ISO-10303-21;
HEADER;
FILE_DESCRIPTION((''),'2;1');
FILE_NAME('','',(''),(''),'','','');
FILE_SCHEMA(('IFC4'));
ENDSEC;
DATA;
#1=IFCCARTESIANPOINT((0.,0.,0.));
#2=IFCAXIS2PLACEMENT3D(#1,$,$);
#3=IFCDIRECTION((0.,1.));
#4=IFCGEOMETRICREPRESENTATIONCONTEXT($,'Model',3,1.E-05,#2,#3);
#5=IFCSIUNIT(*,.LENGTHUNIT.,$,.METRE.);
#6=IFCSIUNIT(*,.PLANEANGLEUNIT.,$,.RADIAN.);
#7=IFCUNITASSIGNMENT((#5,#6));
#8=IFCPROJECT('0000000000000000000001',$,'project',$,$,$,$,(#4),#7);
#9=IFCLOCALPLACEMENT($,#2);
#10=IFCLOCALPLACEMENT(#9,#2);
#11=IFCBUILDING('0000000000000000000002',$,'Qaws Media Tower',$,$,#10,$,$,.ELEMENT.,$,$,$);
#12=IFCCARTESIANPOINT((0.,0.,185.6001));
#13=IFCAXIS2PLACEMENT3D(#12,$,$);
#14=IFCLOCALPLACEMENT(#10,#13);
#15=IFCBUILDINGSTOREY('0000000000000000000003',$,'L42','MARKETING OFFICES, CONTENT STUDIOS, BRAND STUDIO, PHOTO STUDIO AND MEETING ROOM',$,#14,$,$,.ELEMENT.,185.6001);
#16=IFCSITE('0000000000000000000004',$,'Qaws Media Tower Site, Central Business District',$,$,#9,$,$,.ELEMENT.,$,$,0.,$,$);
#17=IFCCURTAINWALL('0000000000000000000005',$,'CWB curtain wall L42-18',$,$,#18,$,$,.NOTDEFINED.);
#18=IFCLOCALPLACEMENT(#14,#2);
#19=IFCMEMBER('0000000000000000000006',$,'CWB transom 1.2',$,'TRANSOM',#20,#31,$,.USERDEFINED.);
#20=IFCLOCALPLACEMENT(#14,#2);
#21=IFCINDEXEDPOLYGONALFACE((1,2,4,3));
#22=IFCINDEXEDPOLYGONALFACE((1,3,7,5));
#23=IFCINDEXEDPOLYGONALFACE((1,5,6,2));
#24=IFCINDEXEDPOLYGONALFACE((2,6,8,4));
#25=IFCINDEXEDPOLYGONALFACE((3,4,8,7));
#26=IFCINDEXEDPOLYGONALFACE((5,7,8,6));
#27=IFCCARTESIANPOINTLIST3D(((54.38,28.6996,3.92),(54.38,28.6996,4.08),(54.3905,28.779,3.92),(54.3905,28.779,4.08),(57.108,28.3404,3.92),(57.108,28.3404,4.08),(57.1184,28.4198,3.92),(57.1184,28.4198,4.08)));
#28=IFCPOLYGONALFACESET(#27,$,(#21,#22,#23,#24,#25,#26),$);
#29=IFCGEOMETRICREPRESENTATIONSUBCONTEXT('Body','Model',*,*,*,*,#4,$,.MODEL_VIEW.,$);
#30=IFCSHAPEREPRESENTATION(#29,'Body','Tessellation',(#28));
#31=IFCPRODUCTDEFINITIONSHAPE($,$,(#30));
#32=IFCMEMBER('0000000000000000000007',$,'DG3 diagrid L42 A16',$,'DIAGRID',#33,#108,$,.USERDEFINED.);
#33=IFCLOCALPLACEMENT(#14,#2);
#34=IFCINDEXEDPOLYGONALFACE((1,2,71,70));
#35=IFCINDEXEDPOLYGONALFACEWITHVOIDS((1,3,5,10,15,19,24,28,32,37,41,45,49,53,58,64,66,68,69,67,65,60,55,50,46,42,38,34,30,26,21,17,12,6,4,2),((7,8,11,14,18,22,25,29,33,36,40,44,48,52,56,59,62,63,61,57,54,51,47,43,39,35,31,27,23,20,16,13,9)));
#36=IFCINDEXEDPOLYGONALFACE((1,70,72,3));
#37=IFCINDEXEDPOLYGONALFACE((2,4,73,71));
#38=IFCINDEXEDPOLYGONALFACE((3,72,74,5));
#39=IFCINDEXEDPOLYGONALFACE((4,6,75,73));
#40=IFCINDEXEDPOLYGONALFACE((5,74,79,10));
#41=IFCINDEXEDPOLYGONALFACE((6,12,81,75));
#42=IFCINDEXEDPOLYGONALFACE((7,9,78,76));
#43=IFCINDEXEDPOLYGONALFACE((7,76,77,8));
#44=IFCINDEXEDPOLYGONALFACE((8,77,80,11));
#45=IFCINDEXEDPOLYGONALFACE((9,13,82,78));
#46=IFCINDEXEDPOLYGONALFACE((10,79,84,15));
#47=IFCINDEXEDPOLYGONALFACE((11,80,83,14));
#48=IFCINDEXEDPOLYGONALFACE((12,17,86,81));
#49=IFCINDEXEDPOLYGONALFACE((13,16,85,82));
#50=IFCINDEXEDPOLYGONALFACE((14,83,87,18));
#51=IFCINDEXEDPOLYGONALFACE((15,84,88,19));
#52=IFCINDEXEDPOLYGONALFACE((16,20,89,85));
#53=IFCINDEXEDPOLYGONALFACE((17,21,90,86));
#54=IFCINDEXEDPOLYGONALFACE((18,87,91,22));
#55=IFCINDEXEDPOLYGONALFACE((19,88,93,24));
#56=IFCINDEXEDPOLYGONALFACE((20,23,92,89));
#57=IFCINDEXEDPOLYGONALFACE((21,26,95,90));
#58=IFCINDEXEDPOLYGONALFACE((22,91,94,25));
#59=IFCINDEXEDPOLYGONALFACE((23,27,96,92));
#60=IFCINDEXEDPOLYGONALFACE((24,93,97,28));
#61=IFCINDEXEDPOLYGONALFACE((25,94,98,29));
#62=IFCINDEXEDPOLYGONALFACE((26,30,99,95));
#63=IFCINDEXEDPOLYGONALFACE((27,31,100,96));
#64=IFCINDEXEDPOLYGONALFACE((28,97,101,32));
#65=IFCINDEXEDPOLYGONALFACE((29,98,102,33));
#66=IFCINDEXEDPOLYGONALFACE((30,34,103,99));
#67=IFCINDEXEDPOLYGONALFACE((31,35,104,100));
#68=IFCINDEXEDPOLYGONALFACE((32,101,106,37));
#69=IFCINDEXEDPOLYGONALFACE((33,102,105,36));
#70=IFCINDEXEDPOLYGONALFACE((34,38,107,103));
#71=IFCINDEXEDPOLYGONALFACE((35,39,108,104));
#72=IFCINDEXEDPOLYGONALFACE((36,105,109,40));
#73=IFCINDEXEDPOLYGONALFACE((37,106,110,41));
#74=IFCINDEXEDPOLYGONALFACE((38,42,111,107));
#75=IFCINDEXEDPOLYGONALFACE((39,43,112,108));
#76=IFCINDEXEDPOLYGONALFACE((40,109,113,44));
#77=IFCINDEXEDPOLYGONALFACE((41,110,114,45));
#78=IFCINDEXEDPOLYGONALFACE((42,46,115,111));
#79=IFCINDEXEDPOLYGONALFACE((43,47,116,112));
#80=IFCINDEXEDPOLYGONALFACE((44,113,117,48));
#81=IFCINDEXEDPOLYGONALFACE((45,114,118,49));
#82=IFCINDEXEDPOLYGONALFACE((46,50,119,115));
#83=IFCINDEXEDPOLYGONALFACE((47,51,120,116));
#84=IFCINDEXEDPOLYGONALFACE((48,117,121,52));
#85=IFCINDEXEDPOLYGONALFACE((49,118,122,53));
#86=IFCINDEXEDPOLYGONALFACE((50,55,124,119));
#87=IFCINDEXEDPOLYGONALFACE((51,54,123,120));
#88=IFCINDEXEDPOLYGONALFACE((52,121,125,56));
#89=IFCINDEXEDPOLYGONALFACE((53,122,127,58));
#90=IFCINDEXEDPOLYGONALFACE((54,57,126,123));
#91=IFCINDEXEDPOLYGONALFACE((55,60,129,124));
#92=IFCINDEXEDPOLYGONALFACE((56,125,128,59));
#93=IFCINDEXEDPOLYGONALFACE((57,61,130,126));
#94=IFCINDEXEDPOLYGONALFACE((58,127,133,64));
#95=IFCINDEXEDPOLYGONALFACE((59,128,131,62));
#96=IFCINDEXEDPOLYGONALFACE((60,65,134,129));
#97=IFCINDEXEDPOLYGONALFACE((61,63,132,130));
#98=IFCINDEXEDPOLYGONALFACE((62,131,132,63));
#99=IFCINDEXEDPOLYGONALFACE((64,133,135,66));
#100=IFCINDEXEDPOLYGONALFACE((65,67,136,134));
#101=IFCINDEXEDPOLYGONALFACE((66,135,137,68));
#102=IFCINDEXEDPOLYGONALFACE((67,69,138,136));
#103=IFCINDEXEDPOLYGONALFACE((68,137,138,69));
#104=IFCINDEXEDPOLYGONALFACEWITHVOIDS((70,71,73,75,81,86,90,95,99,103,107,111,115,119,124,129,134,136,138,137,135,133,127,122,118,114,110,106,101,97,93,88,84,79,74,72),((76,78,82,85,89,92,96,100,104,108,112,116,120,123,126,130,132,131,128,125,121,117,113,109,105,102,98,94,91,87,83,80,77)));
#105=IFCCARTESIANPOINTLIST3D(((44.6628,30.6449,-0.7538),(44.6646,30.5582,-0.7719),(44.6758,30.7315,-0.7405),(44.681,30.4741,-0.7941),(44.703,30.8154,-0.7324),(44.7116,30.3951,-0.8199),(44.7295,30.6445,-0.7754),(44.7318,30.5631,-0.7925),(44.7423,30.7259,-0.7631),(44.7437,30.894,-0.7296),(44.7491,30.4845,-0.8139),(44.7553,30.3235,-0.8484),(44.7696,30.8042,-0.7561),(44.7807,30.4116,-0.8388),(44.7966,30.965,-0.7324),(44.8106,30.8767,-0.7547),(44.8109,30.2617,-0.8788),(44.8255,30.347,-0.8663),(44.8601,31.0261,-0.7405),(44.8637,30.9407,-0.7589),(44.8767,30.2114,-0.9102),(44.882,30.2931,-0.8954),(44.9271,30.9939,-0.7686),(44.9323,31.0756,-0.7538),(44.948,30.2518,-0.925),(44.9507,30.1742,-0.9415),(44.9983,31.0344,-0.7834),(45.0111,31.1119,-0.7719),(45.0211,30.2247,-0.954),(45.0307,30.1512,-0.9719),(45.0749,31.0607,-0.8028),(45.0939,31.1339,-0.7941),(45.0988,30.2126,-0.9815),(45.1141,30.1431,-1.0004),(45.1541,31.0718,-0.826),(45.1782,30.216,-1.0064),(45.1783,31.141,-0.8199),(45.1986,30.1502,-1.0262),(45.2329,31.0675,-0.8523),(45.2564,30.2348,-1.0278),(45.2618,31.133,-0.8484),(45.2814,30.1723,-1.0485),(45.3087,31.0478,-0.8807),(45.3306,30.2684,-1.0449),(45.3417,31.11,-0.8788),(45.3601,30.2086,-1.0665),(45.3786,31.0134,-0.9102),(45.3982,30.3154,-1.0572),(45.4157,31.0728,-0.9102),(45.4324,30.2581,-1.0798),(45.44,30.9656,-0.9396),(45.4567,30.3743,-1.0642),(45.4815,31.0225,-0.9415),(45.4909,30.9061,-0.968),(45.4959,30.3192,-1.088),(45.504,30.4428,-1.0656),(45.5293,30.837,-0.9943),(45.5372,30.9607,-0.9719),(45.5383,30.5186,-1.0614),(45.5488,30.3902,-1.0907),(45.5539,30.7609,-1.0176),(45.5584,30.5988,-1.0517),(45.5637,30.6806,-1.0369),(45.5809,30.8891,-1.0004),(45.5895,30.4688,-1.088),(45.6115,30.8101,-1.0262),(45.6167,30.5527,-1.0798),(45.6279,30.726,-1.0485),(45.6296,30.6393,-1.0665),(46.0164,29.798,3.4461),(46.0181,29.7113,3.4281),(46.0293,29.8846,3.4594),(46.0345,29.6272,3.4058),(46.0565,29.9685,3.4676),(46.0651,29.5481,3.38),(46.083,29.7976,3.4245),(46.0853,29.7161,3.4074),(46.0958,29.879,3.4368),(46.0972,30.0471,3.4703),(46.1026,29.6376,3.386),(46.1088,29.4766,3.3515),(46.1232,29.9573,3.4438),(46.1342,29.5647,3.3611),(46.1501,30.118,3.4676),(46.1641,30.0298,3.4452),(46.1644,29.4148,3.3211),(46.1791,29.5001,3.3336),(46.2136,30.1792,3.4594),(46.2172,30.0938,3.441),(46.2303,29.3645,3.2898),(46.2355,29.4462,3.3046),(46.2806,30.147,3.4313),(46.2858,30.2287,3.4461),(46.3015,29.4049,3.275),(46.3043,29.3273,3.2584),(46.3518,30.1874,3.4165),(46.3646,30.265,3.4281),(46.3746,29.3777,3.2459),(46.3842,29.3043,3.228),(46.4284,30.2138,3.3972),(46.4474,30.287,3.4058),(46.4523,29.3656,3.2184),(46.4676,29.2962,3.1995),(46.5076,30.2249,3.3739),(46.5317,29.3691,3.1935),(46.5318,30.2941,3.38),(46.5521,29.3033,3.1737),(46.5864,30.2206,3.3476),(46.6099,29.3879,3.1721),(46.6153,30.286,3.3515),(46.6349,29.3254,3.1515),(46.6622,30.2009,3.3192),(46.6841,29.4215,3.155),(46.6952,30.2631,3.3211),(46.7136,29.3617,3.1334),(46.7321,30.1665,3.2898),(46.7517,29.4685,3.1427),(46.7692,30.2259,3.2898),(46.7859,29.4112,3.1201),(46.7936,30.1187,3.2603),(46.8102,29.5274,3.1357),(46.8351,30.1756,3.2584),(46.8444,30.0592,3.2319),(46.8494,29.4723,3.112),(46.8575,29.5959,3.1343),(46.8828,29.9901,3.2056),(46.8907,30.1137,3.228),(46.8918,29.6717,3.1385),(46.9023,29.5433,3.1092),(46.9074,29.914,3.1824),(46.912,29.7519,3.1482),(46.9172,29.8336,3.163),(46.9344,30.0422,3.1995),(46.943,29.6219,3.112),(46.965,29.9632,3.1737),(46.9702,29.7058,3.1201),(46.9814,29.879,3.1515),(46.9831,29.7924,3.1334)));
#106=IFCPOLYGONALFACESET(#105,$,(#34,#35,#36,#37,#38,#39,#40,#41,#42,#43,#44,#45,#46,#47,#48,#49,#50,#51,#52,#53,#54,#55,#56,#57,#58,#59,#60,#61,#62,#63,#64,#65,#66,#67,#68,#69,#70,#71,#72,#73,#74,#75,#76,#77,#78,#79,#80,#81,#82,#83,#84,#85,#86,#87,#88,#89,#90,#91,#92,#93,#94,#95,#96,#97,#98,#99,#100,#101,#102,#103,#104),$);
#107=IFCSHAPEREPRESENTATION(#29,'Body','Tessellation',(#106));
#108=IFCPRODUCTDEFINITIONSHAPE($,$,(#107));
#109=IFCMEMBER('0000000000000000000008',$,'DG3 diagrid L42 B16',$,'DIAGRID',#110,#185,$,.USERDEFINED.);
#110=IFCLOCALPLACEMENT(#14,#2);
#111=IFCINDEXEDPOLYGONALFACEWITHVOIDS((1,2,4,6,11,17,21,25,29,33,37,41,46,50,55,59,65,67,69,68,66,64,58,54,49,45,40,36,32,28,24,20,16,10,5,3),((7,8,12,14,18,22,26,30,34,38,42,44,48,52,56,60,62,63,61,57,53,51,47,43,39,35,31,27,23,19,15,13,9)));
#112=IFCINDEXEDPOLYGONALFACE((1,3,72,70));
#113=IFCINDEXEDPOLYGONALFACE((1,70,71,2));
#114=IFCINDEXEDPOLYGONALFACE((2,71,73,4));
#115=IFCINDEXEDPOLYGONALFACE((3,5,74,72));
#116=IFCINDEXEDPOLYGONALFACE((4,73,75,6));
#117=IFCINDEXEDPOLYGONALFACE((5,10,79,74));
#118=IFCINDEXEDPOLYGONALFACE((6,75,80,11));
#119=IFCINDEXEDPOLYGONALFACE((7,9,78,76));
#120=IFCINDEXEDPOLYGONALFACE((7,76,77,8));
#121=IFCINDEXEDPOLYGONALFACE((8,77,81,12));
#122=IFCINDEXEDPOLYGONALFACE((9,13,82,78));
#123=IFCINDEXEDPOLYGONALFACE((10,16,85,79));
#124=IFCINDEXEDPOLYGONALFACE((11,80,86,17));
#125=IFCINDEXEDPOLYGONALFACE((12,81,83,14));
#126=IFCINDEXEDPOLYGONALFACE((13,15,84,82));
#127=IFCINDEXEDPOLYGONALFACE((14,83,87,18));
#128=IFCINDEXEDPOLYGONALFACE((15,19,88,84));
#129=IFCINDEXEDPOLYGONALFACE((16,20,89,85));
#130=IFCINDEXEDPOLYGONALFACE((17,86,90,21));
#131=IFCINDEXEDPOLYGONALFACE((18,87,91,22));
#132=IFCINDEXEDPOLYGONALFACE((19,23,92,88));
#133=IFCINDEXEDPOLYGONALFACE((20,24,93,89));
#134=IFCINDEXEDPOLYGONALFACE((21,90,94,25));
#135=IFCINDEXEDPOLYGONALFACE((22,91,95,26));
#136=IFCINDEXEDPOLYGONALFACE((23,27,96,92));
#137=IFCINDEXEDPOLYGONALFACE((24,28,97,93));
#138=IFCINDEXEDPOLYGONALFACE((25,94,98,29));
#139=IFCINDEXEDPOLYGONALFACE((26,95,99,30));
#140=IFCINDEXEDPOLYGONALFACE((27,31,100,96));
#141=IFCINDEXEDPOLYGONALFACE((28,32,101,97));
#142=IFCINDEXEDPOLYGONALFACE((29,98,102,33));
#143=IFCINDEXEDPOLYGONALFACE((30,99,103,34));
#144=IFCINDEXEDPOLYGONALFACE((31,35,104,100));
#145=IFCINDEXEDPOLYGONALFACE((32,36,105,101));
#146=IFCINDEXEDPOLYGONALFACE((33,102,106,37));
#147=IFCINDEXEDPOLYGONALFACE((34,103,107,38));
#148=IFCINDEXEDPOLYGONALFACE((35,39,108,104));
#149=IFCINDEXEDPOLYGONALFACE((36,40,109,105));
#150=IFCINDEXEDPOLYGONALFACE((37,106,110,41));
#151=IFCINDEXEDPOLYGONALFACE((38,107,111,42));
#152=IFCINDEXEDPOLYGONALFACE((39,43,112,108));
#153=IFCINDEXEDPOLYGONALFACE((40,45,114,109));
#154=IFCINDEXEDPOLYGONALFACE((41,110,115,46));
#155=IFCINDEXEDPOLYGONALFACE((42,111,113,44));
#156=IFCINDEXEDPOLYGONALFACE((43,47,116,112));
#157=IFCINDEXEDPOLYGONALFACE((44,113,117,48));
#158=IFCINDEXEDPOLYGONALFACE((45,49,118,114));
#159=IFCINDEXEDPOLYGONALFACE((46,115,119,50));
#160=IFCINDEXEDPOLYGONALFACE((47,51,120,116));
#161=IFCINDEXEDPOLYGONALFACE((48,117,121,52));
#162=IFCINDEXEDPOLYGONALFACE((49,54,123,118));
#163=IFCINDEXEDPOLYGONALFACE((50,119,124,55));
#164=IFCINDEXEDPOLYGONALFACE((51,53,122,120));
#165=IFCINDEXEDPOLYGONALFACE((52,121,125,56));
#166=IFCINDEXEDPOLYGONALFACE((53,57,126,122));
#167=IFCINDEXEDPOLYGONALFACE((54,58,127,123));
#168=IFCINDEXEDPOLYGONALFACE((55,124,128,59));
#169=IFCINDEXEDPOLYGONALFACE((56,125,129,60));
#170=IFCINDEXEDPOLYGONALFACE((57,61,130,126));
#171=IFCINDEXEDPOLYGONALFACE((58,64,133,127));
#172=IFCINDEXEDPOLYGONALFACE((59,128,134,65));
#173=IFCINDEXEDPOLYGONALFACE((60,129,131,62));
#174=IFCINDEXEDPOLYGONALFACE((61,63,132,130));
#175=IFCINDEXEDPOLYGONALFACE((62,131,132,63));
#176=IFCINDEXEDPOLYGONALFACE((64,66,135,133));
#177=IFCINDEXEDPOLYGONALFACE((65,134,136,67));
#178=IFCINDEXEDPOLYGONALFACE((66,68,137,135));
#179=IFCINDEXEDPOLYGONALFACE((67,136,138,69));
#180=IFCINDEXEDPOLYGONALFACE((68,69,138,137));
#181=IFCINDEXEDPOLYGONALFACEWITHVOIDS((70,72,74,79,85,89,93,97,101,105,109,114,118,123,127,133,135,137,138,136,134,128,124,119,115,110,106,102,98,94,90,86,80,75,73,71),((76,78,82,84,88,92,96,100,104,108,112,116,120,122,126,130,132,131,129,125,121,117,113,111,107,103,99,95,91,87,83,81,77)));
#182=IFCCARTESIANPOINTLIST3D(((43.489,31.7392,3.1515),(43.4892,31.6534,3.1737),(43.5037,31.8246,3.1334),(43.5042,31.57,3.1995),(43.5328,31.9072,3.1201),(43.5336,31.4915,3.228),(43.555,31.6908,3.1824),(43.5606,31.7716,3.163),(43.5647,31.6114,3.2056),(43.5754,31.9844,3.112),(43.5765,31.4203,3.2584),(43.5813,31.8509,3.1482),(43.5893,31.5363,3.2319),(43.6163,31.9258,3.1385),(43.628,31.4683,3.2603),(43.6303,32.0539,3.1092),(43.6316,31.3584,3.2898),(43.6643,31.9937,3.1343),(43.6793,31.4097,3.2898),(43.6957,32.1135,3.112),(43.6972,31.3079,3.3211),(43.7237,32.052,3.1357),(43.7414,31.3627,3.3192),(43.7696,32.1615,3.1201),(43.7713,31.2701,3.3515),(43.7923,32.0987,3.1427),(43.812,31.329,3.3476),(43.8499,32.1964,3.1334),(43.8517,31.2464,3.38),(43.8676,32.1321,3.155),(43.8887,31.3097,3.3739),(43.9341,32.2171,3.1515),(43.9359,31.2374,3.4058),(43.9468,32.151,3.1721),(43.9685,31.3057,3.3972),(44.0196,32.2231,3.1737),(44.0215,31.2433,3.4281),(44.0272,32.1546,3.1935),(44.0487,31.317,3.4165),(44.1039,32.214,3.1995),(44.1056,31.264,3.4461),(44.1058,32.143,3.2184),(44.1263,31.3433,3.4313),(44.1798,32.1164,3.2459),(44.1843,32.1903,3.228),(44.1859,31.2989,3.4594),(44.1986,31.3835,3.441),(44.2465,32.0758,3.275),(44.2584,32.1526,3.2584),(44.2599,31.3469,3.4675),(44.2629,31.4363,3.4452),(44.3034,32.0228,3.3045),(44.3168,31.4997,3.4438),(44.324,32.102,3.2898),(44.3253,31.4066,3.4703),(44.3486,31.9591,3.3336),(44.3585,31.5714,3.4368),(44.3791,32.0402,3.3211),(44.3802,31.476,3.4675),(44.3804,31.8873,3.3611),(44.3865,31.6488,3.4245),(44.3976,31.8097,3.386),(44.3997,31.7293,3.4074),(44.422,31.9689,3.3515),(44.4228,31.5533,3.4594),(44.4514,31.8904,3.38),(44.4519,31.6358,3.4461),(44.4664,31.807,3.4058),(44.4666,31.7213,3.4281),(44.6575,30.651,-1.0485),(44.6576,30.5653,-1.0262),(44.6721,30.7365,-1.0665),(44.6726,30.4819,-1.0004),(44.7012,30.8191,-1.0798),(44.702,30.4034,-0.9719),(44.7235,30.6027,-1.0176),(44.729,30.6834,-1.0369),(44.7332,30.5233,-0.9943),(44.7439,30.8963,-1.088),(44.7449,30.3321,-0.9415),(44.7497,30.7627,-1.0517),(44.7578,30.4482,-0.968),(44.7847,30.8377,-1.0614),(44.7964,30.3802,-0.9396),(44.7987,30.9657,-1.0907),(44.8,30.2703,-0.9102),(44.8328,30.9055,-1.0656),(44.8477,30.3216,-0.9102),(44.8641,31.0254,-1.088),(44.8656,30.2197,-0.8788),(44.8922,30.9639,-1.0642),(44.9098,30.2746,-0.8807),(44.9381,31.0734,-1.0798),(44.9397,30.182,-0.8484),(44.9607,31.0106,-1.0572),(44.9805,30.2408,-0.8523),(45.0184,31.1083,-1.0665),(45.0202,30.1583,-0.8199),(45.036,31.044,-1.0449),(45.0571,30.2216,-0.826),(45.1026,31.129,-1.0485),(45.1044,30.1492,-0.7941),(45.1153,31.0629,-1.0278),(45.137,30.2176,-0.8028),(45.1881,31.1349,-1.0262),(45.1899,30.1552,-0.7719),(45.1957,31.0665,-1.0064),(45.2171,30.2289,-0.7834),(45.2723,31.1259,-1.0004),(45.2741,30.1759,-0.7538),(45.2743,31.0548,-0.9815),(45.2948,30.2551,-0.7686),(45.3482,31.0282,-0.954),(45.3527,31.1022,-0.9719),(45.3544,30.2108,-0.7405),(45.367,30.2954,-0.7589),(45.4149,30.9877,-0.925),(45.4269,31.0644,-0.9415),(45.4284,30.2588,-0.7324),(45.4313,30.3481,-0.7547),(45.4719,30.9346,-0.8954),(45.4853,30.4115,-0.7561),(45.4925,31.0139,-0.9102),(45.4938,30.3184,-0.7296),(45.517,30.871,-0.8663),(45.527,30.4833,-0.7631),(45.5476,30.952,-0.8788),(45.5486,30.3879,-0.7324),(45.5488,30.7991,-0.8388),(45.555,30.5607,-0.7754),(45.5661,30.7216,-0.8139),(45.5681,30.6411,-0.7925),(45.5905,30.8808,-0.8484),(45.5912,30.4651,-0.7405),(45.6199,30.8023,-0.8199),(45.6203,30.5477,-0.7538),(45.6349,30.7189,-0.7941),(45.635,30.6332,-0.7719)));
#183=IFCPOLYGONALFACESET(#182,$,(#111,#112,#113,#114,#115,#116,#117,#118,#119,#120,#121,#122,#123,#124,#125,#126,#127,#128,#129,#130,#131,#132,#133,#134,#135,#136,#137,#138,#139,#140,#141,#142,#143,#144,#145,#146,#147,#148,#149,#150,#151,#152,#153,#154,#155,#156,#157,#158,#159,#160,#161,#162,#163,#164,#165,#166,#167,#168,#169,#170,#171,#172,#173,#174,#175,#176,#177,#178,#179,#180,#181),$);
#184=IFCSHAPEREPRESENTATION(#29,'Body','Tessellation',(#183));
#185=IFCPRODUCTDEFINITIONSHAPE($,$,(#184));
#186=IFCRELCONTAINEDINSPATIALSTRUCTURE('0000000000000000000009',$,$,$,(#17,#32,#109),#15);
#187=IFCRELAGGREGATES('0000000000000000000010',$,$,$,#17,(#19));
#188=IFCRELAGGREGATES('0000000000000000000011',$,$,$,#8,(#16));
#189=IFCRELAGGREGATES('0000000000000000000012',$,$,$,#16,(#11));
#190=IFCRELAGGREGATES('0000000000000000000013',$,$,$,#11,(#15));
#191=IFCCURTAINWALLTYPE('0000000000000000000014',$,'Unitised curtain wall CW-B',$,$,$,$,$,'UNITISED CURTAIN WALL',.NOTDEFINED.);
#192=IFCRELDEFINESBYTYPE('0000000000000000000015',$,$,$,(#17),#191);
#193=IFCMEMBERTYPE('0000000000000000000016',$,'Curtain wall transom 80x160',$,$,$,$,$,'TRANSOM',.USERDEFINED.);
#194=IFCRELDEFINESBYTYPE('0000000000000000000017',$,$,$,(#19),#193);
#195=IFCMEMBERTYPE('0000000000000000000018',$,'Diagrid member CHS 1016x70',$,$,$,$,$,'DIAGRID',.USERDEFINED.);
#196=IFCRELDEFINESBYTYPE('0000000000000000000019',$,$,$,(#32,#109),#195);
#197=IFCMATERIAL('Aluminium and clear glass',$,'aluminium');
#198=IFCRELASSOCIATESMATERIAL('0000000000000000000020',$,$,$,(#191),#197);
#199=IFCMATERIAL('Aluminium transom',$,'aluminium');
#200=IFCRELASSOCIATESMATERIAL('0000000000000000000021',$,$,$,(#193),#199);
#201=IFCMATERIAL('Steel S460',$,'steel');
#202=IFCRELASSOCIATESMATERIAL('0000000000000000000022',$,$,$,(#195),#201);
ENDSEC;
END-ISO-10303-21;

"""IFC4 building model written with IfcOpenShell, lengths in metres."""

from ifc_helpers import new_model, si_unit, direction, frame, origin, origin_2d, place, context, subcontext, project, spatial, rectangle, hollow_circle, extrude, material, material_profile, profile_set, type_object, element, aggregate, save


model = new_model("IFC4")

# Units and contexts
model_context = context("Model", 3, precision=1e-05, world=origin(), true_north=direction((0.0, 1.0)))
body_context = subcontext(model_context, "Body", "Model", "MODEL_VIEW")
ifc_project = project(units=[si_unit("LENGTHUNIT", "METRE"), si_unit("PLANEANGLEUNIT", "RADIAN")], contexts=[model_context])

# Site, building, storey
site_placement = place(None, origin())
site = spatial("IfcSite", under=ifc_project, at=site_placement, Name="Qaws Media Tower Site, Central Business District", CompositionType="ELEMENT", RefElevation=0.0)
building_placement = place(site_placement, origin())
building = spatial("IfcBuilding", under=site, at=building_placement, Name="Qaws Media Tower", CompositionType="ELEMENT")
storey_placement = place(building_placement, frame((0.0, 0.0, 185.6001)))
storey = spatial("IfcBuildingStorey", under=building, at=storey_placement, Name="L42", Description="MARKETING OFFICES, CONTENT STUDIOS, BRAND STUDIO, PHOTO STUDIO AND MEETING ROOM", CompositionType="ELEMENT", Elevation=185.6001)

# Shared definitions
ifc_material_1 = material(Name="Aluminium and clear glass", Category="aluminium")
curtain_wall_type_1 = type_object("IfcCurtainWallType", Name="Unitised curtain wall CW-B", ElementType="UNITISED CURTAIN WALL", PredefinedType="NOTDEFINED", material=ifc_material_1)

# Curtain wall
curtain_wall_1_placement = place(storey_placement, origin())
curtain_wall_1 = element("IfcCurtainWall", 1, at=curtain_wall_1_placement, inside=storey, type_object=curtain_wall_type_1, Name="CWB curtain wall L42-18", PredefinedType="NOTDEFINED")

# Member
ifc_material_2 = material(Name="Aluminium transom", Category="aluminium")
ifc_material_profile_1 = material_profile(ifc_material_2, rectangle(XDim=0.0801, YDim=0.1599, at=origin_2d()), Name="80x160")
ifc_profile_set_1 = profile_set([ifc_material_profile_1], Name="Aluminium transom")
member_type_1 = type_object("IfcMemberType", Name="Curtain wall transom 80x160", ElementType="TRANSOM", PredefinedType="USERDEFINED", material=ifc_profile_set_1)
member_1_placement = place(storey_placement, frame((54.3853, 28.7393, 4.0), z_axis=(0.991446, -0.130519, 0.0), x_axis=(0.130519, 0.991446, 0.0)))
member_1 = element("IfcMember", 2, at=member_1_placement, type_object=member_type_1, Name="CWB transom 1.2", ObjectType="TRANSOM", PredefinedType="USERDEFINED", context=body_context, shape_type="SweptSolid", body=[
    extrude(rectangle(XDim=0.0801, YDim=0.1599, at=origin_2d()), origin(), (0.0, 0.0, 1.0), 2.7515),
])
aggregate(curtain_wall_1, [member_1])

# Members
ifc_material_3 = material(Name="Steel S460", Category="steel")
ifc_material_profile_2 = material_profile(ifc_material_3, hollow_circle(Radius=0.5081, WallThickness=0.0701, at=origin_2d()), Name="CHS 1016x70")
ifc_profile_set_2 = profile_set([ifc_material_profile_2], Name="Steel S460")
member_type_2 = type_object("IfcMemberType", Name="Diagrid member CHS 1016x70", ElementType="DIAGRID", PredefinedType="USERDEFINED", material=ifc_profile_set_2)
for number, where, z_axis, x_axis, name in (
    (3, (45.1462, 30.6421, -0.9102), (0.301236, -0.18849, 0.934734), (0.530439, 0.847723, 0.0), "DG3 diagrid L42 A16"),
    (4, (45.1462, 30.6421, -0.9102), (-0.26005, 0.242173, 0.934733), (-0.681506, -0.731812, 0.0), "DG3 diagrid L42 B16"),
):
    element("IfcMember", number, at=place(storey_placement, frame(where, z_axis=z_axis, x_axis=x_axis)), inside=storey, type_object=member_type_2, Name=name, ObjectType="DIAGRID", PredefinedType="USERDEFINED", context=body_context, shape_type="SweptSolid", body=[
        extrude(hollow_circle(Radius=0.5081, WallThickness=0.0701, at=origin_2d()), origin(), (0.0, 0.0, 1.0), 4.4932),
    ])

save(model, "model.ifc")
